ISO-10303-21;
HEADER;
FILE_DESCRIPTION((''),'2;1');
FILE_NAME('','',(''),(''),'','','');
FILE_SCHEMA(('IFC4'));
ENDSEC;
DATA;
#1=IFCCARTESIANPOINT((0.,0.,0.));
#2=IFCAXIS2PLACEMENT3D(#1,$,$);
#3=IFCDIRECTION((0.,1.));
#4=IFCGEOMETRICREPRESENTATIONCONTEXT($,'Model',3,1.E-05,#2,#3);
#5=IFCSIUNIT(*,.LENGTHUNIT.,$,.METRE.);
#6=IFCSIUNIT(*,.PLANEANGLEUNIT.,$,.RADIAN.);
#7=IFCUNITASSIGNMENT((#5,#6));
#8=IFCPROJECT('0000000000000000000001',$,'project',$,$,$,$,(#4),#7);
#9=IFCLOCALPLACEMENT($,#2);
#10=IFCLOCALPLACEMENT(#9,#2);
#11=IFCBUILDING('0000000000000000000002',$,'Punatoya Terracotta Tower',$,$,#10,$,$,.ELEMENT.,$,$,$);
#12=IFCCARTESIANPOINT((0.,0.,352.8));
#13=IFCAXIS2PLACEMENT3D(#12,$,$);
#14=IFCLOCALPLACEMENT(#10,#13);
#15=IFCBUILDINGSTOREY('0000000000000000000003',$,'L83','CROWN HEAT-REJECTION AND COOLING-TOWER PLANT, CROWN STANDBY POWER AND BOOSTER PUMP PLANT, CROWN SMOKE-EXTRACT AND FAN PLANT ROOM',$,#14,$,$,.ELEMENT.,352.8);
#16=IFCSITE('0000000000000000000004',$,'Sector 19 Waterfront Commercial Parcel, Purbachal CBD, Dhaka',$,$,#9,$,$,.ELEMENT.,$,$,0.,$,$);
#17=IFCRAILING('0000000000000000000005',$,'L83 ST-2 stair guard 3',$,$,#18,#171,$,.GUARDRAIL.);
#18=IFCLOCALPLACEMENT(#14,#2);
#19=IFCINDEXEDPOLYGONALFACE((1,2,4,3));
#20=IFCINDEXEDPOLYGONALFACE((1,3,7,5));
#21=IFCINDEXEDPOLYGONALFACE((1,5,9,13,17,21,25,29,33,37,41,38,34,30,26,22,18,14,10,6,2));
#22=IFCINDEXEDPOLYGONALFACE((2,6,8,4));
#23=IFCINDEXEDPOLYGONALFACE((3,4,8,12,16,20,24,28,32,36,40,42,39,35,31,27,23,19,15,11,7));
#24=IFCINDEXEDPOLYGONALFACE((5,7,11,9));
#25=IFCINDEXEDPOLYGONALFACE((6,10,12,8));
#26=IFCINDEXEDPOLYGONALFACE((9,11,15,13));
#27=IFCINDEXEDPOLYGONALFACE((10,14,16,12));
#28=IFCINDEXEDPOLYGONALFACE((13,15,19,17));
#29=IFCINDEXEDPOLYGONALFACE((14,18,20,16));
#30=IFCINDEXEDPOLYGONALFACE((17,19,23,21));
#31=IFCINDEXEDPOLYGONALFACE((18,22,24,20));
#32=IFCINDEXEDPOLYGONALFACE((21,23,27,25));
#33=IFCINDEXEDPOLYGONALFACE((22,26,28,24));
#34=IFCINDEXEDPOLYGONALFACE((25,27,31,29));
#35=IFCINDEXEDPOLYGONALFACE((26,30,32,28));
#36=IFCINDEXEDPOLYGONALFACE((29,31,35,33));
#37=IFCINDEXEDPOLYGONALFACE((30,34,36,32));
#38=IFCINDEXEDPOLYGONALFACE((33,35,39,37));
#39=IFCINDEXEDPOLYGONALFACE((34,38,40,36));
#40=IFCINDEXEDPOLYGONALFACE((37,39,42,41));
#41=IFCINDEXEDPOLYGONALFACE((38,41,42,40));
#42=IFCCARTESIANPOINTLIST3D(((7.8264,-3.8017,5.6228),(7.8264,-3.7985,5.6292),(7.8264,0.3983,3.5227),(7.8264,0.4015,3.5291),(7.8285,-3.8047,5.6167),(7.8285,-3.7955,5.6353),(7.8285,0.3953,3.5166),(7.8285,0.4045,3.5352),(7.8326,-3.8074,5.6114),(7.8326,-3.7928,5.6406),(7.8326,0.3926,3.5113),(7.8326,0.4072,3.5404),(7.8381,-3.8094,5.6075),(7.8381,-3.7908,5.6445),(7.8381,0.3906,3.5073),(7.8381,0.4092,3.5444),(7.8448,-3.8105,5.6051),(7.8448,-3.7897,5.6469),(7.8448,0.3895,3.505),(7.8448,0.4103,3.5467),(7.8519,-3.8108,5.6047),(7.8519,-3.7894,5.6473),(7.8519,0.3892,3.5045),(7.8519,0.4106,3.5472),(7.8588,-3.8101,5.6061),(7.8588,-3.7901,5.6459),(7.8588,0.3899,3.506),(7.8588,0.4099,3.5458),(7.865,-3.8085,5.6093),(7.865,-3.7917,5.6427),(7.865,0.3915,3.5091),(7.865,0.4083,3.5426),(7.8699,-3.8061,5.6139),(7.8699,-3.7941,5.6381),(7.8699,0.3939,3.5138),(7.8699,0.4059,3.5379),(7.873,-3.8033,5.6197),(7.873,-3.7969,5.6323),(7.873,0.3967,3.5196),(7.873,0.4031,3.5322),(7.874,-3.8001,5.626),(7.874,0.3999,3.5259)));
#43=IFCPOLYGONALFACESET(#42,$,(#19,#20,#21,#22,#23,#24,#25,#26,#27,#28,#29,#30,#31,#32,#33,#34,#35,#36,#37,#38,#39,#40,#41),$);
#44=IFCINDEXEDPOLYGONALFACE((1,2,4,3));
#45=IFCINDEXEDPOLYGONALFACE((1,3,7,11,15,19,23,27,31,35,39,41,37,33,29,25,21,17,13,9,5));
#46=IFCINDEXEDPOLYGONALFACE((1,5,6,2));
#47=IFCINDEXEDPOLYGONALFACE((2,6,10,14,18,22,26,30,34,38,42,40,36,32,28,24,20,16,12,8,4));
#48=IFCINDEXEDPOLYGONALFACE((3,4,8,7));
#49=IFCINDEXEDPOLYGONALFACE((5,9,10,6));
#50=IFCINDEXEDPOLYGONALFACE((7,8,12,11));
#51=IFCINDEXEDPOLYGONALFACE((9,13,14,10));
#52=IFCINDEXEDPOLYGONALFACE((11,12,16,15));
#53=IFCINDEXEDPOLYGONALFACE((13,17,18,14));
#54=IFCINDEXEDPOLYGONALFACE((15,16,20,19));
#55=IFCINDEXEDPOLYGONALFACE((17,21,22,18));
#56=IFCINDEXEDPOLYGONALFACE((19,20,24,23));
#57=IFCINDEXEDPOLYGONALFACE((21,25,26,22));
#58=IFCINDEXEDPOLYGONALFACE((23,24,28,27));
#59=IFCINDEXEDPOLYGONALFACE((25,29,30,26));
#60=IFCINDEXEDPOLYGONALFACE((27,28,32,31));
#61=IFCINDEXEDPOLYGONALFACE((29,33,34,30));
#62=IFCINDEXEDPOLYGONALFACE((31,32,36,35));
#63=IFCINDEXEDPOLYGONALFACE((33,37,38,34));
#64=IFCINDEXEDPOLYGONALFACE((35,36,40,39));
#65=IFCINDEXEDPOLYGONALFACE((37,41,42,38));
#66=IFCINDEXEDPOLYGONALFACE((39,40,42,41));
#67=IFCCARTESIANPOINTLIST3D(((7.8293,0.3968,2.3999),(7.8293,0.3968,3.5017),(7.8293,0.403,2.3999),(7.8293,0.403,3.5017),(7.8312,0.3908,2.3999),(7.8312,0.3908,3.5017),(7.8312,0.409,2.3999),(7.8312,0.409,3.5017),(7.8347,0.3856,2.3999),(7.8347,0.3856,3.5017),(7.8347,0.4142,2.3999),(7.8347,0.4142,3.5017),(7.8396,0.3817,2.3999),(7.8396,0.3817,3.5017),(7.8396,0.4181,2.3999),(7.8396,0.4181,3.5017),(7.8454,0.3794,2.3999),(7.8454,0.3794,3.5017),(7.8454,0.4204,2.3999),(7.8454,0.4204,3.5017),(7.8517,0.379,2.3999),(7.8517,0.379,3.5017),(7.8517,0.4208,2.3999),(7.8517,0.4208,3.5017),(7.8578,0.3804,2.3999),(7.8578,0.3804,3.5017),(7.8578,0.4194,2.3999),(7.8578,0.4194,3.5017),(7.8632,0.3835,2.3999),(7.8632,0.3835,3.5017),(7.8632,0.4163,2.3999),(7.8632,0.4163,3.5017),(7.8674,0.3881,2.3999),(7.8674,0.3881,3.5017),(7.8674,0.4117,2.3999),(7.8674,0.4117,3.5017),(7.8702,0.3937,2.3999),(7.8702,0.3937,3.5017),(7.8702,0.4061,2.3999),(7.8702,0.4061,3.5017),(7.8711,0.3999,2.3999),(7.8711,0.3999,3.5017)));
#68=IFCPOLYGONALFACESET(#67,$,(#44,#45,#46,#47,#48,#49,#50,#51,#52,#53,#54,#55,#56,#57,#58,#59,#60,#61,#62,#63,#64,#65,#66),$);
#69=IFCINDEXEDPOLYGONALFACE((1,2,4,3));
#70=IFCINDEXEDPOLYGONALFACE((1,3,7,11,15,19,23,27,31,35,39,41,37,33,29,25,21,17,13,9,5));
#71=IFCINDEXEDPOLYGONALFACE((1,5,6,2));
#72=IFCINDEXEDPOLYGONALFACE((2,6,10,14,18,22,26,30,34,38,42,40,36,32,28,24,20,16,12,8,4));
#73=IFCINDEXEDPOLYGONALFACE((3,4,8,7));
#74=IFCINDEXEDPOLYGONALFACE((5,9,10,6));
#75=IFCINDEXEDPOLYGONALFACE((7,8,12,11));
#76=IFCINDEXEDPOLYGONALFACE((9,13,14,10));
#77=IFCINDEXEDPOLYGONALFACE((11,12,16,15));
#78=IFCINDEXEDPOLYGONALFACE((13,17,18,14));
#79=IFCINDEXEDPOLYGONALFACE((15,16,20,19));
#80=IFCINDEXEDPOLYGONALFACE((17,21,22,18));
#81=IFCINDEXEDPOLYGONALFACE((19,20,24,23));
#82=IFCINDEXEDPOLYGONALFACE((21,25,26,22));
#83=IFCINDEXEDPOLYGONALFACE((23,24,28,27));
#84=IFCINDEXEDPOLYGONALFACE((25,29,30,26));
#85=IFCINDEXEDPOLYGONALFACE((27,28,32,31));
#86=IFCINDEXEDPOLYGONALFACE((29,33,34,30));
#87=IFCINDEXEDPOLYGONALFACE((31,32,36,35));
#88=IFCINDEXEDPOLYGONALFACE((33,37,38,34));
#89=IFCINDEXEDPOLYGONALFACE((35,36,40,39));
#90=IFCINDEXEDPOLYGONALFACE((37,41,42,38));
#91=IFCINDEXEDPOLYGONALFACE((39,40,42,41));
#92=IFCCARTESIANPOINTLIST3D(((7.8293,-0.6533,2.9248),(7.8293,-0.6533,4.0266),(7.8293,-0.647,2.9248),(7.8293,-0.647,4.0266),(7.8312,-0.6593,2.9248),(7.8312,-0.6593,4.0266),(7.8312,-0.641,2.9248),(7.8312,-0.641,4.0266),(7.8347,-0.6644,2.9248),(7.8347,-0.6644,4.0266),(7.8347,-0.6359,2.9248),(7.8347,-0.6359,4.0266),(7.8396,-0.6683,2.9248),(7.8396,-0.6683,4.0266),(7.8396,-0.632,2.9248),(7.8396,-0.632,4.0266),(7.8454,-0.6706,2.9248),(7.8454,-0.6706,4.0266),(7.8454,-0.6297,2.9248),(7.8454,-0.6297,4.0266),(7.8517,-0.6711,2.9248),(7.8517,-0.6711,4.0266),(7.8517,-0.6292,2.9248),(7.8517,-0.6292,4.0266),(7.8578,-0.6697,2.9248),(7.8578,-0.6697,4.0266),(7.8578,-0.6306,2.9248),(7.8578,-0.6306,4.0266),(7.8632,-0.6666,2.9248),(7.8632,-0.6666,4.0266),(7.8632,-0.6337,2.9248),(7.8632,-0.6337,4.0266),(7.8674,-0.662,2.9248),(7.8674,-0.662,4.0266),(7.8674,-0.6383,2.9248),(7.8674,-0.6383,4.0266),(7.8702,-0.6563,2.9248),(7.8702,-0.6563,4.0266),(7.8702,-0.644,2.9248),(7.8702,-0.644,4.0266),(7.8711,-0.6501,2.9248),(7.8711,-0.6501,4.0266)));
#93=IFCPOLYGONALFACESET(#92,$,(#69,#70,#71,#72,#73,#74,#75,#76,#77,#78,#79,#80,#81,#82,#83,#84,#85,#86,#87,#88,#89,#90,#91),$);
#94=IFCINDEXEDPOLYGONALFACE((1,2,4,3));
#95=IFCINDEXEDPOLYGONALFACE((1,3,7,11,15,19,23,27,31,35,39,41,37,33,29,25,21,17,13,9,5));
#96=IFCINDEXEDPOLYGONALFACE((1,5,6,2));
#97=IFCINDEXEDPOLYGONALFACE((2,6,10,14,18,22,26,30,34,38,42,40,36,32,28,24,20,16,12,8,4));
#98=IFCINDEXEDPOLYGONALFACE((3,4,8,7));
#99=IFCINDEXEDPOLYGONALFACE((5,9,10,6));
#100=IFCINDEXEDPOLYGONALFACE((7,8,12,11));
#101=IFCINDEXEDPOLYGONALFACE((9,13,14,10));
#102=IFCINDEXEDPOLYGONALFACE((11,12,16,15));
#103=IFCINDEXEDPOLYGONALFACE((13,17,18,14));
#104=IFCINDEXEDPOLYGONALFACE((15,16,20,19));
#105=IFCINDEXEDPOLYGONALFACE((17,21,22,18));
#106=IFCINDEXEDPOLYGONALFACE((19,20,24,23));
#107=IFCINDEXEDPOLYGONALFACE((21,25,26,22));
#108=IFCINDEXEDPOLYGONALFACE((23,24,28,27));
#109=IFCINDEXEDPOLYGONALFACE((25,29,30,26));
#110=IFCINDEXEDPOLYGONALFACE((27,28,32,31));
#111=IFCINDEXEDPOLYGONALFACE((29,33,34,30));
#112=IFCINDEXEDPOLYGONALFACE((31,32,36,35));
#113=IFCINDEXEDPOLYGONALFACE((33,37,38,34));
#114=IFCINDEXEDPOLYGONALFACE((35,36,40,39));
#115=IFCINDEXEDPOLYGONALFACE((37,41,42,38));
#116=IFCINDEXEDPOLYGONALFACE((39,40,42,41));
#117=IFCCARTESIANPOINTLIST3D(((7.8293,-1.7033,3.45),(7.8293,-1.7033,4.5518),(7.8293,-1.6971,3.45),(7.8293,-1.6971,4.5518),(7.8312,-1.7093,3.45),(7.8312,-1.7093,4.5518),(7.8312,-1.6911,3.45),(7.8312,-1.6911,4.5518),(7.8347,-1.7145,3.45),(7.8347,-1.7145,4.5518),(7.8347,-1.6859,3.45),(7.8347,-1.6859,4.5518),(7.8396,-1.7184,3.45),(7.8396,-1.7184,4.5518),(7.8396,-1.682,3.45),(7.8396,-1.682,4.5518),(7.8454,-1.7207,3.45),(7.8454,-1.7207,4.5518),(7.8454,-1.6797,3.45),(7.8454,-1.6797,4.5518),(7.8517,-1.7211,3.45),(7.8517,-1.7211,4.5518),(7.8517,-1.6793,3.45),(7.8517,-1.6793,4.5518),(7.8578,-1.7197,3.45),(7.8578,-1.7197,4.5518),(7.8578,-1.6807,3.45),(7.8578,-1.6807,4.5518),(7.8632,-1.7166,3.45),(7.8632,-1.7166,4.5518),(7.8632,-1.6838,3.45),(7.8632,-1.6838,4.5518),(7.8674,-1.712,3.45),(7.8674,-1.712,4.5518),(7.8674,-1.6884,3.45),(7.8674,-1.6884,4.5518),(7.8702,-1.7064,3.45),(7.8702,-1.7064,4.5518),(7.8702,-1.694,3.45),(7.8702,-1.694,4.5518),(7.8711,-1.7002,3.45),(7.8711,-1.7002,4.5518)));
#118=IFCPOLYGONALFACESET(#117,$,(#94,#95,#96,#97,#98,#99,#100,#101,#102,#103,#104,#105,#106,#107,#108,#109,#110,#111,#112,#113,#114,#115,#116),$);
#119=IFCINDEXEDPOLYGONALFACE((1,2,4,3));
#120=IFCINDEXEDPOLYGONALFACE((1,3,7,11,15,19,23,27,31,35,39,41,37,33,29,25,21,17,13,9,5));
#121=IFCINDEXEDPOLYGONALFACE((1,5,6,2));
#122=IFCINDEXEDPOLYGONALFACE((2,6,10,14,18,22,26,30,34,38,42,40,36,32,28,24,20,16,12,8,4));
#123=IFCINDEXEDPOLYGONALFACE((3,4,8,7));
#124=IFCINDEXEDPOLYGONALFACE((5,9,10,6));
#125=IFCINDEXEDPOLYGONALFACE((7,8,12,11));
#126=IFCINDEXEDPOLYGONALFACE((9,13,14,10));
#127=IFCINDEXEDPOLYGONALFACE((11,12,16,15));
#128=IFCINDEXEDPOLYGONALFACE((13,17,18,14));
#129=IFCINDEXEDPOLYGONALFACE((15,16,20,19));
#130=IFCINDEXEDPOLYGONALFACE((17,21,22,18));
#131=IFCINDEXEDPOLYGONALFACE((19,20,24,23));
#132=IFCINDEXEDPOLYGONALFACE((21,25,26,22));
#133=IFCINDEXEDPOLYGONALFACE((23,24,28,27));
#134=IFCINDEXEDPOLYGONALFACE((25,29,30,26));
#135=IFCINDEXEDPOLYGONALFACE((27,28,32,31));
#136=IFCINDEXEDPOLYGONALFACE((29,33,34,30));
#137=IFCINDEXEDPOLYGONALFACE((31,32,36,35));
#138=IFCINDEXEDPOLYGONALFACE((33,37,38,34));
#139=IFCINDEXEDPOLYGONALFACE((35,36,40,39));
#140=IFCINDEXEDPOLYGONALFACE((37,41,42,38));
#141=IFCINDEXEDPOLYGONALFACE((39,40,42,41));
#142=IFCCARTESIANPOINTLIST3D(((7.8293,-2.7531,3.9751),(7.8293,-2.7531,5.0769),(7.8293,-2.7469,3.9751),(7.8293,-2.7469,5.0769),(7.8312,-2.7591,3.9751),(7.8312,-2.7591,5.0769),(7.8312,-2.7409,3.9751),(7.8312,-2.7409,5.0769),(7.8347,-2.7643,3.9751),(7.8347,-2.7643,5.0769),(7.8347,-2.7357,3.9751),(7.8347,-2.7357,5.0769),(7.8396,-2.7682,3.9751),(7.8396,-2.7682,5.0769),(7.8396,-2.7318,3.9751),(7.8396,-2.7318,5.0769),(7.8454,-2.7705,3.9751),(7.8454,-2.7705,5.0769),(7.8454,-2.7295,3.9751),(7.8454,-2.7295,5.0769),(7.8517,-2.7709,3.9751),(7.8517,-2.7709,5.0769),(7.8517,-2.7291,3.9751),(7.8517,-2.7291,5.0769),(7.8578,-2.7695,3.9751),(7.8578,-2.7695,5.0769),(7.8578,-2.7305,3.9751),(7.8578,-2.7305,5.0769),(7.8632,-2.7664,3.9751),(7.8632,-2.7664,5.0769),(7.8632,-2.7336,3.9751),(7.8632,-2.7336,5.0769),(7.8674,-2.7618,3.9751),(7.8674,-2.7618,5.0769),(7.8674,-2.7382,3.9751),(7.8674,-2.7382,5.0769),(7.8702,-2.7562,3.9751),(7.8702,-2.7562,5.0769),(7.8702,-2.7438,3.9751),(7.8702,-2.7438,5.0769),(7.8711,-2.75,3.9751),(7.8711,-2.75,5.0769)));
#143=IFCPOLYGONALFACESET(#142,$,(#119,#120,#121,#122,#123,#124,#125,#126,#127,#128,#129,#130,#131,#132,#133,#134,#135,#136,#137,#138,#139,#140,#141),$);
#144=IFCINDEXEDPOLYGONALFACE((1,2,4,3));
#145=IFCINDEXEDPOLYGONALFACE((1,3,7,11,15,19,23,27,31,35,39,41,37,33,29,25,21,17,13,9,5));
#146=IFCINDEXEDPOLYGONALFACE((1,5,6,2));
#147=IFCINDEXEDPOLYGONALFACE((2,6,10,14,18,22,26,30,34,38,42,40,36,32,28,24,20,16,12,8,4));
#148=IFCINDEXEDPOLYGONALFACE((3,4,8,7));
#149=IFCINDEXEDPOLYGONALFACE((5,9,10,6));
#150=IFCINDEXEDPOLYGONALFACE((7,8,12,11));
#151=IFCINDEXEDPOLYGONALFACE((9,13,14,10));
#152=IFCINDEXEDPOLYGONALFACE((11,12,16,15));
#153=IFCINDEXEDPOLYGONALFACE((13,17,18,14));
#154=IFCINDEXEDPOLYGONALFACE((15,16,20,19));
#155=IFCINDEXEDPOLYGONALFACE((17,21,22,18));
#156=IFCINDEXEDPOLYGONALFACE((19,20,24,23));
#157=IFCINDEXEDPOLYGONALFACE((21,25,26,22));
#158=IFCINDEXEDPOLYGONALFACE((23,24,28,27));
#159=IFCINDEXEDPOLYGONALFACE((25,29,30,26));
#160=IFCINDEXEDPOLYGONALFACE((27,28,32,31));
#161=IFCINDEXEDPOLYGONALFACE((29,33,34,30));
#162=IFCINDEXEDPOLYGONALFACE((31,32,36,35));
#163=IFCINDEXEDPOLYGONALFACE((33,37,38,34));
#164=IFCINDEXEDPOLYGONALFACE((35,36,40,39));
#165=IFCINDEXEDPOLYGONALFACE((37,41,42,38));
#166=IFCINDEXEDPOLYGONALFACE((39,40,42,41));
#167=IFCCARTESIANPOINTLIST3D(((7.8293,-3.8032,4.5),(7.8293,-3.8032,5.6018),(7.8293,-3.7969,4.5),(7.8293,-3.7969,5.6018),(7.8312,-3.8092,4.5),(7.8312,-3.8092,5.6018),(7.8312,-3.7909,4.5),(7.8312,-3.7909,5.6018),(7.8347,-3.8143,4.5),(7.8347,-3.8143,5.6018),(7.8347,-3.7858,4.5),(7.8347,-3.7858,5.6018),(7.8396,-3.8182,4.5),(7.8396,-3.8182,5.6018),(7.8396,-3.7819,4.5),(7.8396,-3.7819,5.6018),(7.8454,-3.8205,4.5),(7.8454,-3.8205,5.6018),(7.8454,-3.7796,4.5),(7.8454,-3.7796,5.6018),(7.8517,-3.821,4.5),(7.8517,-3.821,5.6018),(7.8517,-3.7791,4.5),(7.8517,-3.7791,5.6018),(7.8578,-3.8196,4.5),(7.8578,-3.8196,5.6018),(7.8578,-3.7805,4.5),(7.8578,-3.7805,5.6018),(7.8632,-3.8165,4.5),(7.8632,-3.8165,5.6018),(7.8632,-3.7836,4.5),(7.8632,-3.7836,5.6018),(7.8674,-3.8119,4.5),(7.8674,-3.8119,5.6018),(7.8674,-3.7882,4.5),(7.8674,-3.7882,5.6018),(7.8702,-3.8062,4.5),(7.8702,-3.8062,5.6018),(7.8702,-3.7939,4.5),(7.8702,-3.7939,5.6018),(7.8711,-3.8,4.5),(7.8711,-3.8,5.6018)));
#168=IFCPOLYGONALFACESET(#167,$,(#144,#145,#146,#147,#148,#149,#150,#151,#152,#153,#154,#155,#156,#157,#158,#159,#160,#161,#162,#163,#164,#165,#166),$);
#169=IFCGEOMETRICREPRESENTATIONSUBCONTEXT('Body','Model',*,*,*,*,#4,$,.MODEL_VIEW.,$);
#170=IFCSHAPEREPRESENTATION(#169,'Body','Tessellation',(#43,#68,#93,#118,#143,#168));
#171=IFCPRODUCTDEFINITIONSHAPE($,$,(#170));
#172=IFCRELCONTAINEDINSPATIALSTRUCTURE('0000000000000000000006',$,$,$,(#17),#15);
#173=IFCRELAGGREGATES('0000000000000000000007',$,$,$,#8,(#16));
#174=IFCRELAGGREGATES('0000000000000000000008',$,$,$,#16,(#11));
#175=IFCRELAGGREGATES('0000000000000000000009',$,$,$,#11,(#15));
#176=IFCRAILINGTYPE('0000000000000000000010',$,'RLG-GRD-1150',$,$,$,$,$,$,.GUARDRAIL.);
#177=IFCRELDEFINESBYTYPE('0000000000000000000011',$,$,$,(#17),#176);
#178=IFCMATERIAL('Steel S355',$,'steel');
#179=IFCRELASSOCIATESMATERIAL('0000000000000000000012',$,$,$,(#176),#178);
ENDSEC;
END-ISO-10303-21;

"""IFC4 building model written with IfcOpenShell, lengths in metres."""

from ifc_helpers import new_model, si_unit, direction, frame, origin, origin_2d, place, context, subcontext, project, spatial, circle, extrude, material, type_object, element, save


model = new_model("IFC4")

# Units and contexts
model_context = context("Model", 3, precision=1e-05, world=origin(), true_north=direction((0.0, 1.0)))
body_context = subcontext(model_context, "Body", "Model", "MODEL_VIEW")
ifc_project = project(units=[si_unit("LENGTHUNIT", "METRE"), si_unit("PLANEANGLEUNIT", "RADIAN")], contexts=[model_context])

# Site, building, storey
site_placement = place(None, origin())
site = spatial("IfcSite", under=ifc_project, at=site_placement, Name="Sector 19 Waterfront Commercial Parcel, Purbachal CBD, Dhaka", CompositionType="ELEMENT", RefElevation=0.0)
building_placement = place(site_placement, origin())
building = spatial("IfcBuilding", under=site, at=building_placement, Name="Punatoya Terracotta Tower", CompositionType="ELEMENT")
storey_placement = place(building_placement, frame((0.0, 0.0, 352.8)))
storey = spatial("IfcBuildingStorey", under=building, at=storey_placement, Name="L83", Description="CROWN HEAT-REJECTION AND COOLING-TOWER PLANT, CROWN STANDBY POWER AND BOOSTER PUMP PLANT, CROWN SMOKE-EXTRACT AND FAN PLANT ROOM", CompositionType="ELEMENT", Elevation=352.8)

# Shared definitions
ifc_material_1 = material(Name="Steel S355", Category="steel")

# Railing
railing_type_1 = type_object("IfcRailingType", Name="RLG-GRD-1150", PredefinedType="GUARDRAIL", material=ifc_material_1)
railing_1_placement = place(storey_placement, frame((7.8501, 0.3999, 2.3999)))
element("IfcRailing", 1, at=railing_1_placement, inside=storey, type_object=railing_type_1, Name="L83 ST-2 stair guard 3", PredefinedType="GUARDRAIL", context=body_context, shape_type="SweptSolid", body=[
    extrude(circle(Radius=0.0239, at=origin_2d()), frame((0.0, 0.0, 1.126), z_axis=(0.0, -0.894417, 0.447234), x_axis=(1.0, 0.0, 0.0)), (0.0, 0.0, 1.0), 4.6958),
    extrude(circle(Radius=0.021, at=origin_2d()), origin(), (0.0, 0.0, 1.0), 1.1018),
    extrude(circle(Radius=0.021, at=origin_2d()), frame((0.0, -1.05, 0.5249)), (0.0, 0.0, 1.0), 1.1018),
    extrude(circle(Radius=0.021, at=origin_2d()), frame((0.0, -2.1001, 1.05)), (0.0, 0.0, 1.0), 1.1018),
    extrude(circle(Radius=0.021, at=origin_2d()), frame((0.0, -3.1499, 1.5752)), (0.0, 0.0, 1.0), 1.1018),
    extrude(circle(Radius=0.021, at=origin_2d()), frame((0.0, -4.2, 2.1001)), (0.0, 0.0, 1.0), 1.1018),
])

save(model, "model.ifc")
